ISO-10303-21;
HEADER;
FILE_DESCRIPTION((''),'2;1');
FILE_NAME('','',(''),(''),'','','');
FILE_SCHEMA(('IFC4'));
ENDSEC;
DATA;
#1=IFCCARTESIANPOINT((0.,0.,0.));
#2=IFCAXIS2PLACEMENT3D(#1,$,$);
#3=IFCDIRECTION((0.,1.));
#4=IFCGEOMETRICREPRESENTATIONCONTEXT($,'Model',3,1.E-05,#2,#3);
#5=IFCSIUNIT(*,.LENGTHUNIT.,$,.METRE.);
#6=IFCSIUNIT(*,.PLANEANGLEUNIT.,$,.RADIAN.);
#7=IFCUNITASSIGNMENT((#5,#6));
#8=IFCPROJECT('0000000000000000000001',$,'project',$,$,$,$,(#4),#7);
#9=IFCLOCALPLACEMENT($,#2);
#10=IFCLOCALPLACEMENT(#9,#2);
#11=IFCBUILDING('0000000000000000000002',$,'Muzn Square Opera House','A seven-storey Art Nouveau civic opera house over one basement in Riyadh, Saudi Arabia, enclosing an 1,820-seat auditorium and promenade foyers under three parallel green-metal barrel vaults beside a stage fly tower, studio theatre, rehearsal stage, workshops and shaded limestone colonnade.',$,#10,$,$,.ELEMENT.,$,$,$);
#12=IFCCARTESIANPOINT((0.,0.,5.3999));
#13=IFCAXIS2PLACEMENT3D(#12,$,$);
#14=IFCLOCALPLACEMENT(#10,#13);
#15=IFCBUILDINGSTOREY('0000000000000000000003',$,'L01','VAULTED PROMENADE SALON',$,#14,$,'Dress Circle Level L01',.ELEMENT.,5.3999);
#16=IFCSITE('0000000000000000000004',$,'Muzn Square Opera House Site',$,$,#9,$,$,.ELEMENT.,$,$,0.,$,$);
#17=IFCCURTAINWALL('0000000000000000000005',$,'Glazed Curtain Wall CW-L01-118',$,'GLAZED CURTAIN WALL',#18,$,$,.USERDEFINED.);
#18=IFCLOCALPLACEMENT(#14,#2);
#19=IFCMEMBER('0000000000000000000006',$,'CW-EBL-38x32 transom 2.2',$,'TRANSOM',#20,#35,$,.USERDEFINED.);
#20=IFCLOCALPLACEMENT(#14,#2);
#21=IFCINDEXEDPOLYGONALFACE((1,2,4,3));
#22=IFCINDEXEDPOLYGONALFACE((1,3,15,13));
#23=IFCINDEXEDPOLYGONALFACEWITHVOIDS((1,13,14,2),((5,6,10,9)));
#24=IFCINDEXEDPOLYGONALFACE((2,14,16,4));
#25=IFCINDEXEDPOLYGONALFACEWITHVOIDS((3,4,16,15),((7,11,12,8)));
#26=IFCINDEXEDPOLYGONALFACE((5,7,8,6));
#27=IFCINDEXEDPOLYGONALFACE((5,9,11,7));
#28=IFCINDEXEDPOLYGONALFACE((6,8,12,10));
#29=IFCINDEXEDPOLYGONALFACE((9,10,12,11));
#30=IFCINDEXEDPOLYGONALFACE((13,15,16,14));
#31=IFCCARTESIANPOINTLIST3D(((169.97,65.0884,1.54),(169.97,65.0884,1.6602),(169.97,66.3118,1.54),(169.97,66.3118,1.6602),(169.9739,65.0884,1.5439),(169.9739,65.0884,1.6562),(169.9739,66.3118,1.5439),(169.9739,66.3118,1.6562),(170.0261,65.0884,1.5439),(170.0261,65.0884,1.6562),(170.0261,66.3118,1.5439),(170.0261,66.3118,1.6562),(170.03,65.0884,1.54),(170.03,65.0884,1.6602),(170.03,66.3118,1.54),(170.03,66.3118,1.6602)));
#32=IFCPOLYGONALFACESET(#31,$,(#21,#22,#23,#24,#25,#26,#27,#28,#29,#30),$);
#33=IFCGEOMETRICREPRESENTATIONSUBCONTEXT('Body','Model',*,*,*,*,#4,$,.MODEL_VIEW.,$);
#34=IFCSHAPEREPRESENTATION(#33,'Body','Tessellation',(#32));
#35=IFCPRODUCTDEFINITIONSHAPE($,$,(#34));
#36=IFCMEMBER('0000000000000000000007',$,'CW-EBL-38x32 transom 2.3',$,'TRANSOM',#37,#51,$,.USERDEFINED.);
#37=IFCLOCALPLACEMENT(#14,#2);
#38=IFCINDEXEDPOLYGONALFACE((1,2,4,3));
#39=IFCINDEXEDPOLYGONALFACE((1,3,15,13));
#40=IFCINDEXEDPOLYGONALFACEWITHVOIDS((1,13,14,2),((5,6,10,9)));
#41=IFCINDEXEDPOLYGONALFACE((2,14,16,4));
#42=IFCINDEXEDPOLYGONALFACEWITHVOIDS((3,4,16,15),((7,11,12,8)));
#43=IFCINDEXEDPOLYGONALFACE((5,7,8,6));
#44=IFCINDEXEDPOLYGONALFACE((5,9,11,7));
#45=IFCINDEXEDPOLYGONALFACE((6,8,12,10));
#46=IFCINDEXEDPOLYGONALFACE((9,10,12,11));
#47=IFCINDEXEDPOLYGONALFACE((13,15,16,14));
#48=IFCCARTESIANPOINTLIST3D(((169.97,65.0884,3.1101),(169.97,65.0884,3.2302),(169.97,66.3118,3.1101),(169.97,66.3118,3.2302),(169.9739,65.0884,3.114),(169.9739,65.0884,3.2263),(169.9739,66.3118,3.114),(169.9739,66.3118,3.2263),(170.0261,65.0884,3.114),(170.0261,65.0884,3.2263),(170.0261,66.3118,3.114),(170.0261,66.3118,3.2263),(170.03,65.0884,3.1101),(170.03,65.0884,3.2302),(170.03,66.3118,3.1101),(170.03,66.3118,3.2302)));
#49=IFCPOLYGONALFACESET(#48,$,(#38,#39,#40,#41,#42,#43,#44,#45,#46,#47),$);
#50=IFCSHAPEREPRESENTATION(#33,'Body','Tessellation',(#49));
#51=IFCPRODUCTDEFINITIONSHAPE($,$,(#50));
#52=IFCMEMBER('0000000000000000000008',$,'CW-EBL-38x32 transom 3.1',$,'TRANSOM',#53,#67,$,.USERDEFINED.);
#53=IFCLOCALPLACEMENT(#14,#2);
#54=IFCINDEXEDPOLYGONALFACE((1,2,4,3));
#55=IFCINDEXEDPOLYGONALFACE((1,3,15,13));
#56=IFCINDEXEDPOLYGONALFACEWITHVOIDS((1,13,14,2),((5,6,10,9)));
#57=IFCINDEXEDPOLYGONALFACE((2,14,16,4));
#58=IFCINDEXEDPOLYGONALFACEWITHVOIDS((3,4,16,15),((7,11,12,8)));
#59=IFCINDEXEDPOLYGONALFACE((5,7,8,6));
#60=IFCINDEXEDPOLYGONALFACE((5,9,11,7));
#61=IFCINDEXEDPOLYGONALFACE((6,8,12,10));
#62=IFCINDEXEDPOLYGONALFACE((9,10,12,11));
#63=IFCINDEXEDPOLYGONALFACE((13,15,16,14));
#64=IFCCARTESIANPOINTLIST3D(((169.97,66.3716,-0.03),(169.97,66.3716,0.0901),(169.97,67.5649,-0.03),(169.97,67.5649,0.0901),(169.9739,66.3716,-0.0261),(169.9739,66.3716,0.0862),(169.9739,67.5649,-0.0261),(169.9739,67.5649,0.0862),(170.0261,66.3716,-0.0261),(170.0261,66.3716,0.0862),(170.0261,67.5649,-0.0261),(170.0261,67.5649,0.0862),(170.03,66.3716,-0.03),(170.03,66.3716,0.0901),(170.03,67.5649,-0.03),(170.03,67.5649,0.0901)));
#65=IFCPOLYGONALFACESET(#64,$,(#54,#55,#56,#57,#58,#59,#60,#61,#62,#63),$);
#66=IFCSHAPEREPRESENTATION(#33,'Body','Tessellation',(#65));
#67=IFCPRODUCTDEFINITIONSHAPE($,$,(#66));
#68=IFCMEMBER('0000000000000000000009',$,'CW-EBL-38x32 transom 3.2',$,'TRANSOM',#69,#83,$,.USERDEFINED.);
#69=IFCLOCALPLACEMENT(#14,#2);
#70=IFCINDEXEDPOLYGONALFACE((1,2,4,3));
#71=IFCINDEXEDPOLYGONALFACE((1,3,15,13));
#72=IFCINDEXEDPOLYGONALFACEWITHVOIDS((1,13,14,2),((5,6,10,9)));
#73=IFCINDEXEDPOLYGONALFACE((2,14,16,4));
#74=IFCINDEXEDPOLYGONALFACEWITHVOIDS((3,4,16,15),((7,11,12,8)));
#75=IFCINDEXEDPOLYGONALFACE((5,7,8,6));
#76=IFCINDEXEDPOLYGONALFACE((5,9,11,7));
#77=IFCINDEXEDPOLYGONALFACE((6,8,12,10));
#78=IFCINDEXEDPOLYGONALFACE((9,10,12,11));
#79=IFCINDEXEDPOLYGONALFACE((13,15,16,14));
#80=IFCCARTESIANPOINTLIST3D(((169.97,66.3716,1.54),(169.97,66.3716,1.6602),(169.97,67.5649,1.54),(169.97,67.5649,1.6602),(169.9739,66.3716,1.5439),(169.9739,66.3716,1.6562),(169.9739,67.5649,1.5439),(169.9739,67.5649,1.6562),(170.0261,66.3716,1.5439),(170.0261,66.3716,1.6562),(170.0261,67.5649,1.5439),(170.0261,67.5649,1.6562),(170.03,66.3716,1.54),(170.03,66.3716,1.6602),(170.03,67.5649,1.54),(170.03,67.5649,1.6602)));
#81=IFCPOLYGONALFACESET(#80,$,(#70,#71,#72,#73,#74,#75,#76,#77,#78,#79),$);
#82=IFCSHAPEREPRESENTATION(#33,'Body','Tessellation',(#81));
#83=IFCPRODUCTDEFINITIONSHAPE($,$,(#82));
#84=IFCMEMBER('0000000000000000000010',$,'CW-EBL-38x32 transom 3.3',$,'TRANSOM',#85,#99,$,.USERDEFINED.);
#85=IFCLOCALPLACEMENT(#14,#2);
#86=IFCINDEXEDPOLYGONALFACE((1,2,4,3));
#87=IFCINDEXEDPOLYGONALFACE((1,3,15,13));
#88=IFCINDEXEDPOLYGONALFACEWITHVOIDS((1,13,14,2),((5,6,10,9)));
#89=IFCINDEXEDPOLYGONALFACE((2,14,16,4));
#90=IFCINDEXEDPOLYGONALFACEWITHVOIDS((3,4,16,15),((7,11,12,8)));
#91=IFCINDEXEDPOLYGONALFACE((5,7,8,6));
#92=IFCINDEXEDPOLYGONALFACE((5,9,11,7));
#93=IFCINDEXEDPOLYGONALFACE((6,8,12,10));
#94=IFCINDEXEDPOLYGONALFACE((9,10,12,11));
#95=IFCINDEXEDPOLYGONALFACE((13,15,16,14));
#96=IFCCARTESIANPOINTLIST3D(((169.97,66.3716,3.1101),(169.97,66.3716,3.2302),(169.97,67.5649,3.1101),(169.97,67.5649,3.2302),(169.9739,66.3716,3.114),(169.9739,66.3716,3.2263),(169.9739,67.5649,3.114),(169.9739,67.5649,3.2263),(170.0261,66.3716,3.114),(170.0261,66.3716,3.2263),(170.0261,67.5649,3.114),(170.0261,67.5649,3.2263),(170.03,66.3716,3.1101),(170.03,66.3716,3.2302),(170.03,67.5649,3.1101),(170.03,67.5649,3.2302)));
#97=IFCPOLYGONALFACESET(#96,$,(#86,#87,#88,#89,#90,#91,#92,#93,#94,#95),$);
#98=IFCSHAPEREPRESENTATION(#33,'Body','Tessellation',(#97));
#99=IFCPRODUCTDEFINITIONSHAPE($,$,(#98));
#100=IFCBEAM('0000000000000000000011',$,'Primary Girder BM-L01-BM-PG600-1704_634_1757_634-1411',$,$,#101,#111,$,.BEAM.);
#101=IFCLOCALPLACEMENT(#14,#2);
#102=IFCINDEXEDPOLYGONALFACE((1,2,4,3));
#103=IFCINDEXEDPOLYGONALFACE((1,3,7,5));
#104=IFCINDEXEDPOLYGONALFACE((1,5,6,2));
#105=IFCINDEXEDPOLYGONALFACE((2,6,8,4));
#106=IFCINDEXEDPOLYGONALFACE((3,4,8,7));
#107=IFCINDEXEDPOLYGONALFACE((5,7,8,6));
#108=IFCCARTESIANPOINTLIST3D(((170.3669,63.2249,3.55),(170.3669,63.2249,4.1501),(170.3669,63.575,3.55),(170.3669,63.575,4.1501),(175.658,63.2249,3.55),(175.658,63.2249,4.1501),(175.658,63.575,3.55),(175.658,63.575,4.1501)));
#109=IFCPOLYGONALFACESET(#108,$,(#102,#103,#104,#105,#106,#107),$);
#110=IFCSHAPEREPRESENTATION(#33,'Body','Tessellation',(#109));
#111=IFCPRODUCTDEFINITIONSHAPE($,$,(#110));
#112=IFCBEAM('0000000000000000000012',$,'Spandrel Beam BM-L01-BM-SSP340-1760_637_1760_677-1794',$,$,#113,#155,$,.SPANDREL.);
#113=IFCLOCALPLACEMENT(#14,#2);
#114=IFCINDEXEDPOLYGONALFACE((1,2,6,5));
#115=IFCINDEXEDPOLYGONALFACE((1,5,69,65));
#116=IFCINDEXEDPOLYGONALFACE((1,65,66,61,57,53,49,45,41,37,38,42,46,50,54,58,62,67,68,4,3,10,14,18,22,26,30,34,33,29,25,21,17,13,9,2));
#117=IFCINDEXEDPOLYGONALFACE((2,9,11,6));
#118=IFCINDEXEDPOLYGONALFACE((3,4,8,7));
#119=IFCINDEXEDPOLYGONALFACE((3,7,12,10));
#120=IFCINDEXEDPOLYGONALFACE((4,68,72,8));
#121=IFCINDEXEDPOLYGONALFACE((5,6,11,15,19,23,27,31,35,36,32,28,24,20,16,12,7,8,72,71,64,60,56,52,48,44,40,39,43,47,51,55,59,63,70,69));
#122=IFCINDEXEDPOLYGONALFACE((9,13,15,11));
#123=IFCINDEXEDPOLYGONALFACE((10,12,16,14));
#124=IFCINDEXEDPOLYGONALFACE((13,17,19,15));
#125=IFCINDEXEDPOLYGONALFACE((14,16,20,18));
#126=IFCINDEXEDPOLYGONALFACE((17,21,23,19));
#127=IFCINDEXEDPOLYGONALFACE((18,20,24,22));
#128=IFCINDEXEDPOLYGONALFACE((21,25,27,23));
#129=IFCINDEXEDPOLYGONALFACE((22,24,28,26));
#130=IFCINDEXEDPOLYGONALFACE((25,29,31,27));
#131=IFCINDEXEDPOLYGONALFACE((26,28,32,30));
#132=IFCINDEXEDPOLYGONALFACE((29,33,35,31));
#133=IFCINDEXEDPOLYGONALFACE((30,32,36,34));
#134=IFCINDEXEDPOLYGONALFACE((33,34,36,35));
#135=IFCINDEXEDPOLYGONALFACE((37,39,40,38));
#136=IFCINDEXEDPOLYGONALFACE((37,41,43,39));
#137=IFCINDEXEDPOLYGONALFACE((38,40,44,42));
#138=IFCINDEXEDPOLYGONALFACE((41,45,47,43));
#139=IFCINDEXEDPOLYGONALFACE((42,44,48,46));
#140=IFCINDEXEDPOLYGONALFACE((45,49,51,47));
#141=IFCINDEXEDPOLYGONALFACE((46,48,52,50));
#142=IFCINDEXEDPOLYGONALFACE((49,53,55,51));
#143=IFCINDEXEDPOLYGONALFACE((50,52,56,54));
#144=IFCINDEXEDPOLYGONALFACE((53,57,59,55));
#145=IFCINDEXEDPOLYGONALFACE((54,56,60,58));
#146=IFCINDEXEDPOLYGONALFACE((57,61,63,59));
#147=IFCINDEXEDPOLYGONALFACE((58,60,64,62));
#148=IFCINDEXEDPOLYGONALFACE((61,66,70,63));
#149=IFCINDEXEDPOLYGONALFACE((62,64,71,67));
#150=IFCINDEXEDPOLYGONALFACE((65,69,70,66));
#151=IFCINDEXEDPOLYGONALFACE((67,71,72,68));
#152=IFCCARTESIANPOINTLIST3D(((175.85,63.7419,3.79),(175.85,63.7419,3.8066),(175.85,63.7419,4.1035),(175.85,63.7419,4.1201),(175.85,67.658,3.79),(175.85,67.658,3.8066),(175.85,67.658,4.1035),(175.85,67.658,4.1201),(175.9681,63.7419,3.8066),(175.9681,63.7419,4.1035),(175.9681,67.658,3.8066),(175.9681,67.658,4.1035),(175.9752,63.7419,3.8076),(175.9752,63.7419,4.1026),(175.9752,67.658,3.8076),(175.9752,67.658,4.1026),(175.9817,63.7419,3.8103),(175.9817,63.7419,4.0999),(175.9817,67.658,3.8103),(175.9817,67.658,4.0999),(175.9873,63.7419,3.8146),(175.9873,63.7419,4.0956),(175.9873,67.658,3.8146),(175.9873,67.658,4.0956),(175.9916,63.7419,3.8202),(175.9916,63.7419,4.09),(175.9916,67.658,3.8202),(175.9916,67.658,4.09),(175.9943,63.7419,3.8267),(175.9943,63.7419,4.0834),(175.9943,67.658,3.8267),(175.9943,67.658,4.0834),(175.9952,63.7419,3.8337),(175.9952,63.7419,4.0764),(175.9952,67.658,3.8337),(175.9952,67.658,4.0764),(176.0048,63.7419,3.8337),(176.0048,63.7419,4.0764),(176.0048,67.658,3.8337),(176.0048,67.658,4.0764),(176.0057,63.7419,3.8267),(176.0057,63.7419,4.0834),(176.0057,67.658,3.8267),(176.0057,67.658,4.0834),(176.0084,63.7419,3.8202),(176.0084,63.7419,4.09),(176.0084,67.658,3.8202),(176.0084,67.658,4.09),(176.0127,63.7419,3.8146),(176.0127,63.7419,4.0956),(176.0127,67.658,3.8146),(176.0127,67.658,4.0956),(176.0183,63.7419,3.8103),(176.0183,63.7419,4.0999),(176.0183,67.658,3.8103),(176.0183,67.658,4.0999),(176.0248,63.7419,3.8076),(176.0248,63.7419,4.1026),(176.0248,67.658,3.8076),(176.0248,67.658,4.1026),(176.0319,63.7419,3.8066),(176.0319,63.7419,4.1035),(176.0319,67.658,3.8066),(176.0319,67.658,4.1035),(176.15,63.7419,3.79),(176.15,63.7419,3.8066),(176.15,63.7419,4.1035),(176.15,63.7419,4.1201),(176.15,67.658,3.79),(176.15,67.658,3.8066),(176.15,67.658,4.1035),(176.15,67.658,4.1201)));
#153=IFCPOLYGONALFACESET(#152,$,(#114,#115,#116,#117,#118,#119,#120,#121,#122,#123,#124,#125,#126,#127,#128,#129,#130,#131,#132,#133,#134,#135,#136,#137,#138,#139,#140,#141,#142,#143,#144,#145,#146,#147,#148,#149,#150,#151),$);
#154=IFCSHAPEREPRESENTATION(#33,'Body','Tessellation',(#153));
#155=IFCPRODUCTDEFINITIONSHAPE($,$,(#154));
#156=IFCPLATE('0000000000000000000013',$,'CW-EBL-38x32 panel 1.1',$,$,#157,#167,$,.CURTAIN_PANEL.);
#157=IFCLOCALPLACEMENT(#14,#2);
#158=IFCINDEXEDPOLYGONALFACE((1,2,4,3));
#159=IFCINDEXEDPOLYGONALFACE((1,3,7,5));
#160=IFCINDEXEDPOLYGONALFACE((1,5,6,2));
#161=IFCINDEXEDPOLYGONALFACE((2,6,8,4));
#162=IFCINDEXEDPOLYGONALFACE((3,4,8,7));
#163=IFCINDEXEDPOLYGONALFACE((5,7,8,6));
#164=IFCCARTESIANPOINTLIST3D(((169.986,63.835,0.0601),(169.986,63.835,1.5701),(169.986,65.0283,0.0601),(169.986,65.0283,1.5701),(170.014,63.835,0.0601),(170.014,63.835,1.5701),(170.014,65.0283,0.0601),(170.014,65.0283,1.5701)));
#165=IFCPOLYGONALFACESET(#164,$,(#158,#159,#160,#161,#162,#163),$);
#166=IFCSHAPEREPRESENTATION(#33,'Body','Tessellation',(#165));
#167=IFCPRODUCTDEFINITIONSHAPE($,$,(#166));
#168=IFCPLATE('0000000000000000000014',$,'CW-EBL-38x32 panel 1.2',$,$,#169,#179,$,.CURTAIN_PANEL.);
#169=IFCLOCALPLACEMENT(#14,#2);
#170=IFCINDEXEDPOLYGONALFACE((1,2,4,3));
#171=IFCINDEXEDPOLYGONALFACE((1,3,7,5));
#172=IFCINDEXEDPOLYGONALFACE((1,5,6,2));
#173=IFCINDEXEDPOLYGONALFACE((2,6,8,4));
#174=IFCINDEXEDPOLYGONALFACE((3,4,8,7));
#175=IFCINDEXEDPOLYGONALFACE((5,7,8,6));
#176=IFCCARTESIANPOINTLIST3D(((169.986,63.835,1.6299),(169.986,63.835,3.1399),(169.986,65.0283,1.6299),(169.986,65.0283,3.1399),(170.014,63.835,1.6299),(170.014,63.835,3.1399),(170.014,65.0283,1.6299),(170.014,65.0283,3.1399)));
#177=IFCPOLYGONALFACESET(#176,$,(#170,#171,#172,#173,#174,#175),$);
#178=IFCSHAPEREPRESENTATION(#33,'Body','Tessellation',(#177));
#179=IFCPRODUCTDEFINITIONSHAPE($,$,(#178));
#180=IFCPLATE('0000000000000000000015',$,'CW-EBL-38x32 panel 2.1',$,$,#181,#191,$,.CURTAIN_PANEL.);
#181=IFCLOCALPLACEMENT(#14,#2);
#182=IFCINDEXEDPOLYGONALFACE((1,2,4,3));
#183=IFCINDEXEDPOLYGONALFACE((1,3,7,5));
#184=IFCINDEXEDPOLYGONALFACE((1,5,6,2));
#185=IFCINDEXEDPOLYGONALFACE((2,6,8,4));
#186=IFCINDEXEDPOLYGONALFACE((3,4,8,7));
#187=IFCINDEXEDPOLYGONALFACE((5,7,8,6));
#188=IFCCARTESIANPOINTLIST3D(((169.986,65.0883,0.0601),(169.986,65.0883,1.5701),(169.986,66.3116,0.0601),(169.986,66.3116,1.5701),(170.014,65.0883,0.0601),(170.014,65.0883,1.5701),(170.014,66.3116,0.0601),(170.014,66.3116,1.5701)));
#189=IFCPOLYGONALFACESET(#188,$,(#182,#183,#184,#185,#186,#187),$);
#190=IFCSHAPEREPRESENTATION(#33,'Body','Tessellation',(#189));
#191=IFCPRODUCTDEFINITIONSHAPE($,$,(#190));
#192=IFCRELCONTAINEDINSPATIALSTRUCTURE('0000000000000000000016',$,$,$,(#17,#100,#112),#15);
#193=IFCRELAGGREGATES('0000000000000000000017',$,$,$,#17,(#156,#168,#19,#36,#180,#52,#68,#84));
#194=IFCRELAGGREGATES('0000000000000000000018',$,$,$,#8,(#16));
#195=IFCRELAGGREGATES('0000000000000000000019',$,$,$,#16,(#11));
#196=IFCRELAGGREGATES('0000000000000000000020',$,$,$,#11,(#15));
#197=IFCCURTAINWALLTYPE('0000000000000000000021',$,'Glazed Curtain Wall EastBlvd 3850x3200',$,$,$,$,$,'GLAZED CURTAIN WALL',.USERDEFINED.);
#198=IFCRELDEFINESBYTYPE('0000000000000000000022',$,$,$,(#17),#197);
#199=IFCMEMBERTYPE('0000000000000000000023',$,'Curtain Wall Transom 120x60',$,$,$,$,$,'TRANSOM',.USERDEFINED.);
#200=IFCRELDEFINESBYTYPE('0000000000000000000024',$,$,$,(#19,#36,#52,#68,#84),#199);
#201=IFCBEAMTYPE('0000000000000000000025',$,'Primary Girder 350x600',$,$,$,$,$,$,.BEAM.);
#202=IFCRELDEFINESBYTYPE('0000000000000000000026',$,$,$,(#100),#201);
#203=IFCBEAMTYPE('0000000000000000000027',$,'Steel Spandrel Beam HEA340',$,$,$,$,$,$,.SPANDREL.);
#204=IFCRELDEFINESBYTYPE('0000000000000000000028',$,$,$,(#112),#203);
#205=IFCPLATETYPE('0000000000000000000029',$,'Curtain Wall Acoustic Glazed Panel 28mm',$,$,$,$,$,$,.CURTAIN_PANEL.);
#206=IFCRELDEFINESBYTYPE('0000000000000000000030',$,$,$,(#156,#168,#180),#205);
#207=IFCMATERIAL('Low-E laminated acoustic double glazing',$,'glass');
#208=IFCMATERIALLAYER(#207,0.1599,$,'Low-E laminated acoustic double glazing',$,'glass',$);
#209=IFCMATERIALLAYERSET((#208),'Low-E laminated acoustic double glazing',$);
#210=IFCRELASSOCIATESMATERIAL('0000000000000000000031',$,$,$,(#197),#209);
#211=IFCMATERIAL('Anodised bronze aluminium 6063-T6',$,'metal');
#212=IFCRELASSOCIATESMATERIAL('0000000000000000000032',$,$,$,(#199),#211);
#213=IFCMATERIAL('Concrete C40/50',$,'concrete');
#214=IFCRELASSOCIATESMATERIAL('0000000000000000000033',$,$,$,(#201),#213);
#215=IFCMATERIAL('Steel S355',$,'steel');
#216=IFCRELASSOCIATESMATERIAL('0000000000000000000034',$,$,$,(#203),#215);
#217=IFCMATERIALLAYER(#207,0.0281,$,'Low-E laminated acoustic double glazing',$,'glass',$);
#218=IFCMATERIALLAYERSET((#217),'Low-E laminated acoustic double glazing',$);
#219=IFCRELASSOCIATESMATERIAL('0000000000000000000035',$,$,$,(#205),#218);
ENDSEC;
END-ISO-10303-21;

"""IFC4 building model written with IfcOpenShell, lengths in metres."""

from ifc_helpers import new_model, si_unit, direction, frame, origin, origin_2d, place, context, subcontext, project, spatial, rectangle, hollow_rectangle, i_section, extrude, material, layer, layer_set, material_profile, profile_set, type_object, element, aggregate, save


model = new_model("IFC4")

# Units and contexts
model_context = context("Model", 3, precision=1e-05, world=origin(), true_north=direction((0.0, 1.0)))
body_context = subcontext(model_context, "Body", "Model", "MODEL_VIEW")
ifc_project = project(units=[si_unit("LENGTHUNIT", "METRE"), si_unit("PLANEANGLEUNIT", "RADIAN")], contexts=[model_context])

# Site, building, storey
site_placement = place(None, origin())
site = spatial("IfcSite", under=ifc_project, at=site_placement, Name="Muzn Square Opera House Site", CompositionType="ELEMENT", RefElevation=0.0)
building_placement = place(site_placement, origin())
building = spatial("IfcBuilding", under=site, at=building_placement, Name="Muzn Square Opera House", Description="A seven-storey Art Nouveau civic opera house over one basement in Riyadh, Saudi Arabia, enclosing an 1,820-seat auditorium and promenade foyers under three parallel green-metal barrel vaults beside a stage fly tower, studio theatre, rehearsal stage, workshops and shaded limestone colonnade.", CompositionType="ELEMENT")
storey_placement = place(building_placement, frame((0.0, 0.0, 5.3999)))
storey = spatial("IfcBuildingStorey", under=building, at=storey_placement, Name="L01", Description="VAULTED PROMENADE SALON", LongName="Dress Circle Level L01", CompositionType="ELEMENT", Elevation=5.3999)

# Curtain wall, members
ifc_material_1 = material(Name="Low-E laminated acoustic double glazing", Category="glass")
ifc_layer_1 = layer(ifc_material_1, 0.1599, Name="Low-E laminated acoustic double glazing", Category="glass")
ifc_layer_set_1 = layer_set([ifc_layer_1], Name="Low-E laminated acoustic double glazing")
curtain_wall_type = type_object("IfcCurtainWallType", Name="Glazed Curtain Wall EastBlvd 3850x3200", ElementType="GLAZED CURTAIN WALL", PredefinedType="USERDEFINED", material=ifc_layer_set_1)
curtain_wall_placement = place(storey_placement, origin())
curtain_wall = element("IfcCurtainWall", 1, at=curtain_wall_placement, inside=storey, type_object=curtain_wall_type, Name="Glazed Curtain Wall CW-L01-118", ObjectType="GLAZED CURTAIN WALL", PredefinedType="USERDEFINED")
ifc_material_2 = material(Name="Anodised bronze aluminium 6063-T6", Category="metal")
ifc_material_profile_1 = material_profile(ifc_material_2, hollow_rectangle(XDim=0.0601, YDim=0.1201, WallThickness=0.0039, at=origin_2d()), Name="ALU 120x60x4", Category="metal")
ifc_profile_set_1 = profile_set([ifc_material_profile_1], Name="Anodised bronze aluminium 6063-T6")
member_type_1 = type_object("IfcMemberType", Name="Curtain Wall Transom 120x60", ElementType="TRANSOM", PredefinedType="USERDEFINED", material=ifc_profile_set_1)
member_1_placement = place(storey_placement, frame((170.0, 65.0884, 1.6001), z_axis=(0.0, 1.0, 0.0), x_axis=(-1.0, 0.0, 0.0)))
member_1 = element("IfcMember", 2, at=member_1_placement, type_object=member_type_1, Name="CW-EBL-38x32 transom 2.2", ObjectType="TRANSOM", PredefinedType="USERDEFINED", context=body_context, shape_type="SweptSolid", body=[
    extrude(hollow_rectangle(XDim=0.0601, YDim=0.1201, WallThickness=0.0039, at=origin_2d()), origin(), (0.0, 0.0, 1.0), 1.2234),
])
member_2_placement = place(storey_placement, frame((170.0, 65.0884, 3.1702), z_axis=(0.0, 1.0, 0.0), x_axis=(-1.0, 0.0, 0.0)))
member_2 = element("IfcMember", 3, at=member_2_placement, type_object=member_type_1, Name="CW-EBL-38x32 transom 2.3", ObjectType="TRANSOM", PredefinedType="USERDEFINED", context=body_context, shape_type="SweptSolid", body=[
    extrude(hollow_rectangle(XDim=0.0601, YDim=0.1201, WallThickness=0.0039, at=origin_2d()), origin(), (0.0, 0.0, 1.0), 1.2234),
])
member_3_placement = place(storey_placement, frame((170.0, 66.3716, 0.03), z_axis=(0.0, 1.0, 0.0), x_axis=(-1.0, 0.0, 0.0)))
member_3 = element("IfcMember", 4, at=member_3_placement, type_object=member_type_1, Name="CW-EBL-38x32 transom 3.1", ObjectType="TRANSOM", PredefinedType="USERDEFINED", context=body_context, shape_type="SweptSolid", body=[
    extrude(hollow_rectangle(XDim=0.0601, YDim=0.1201, WallThickness=0.0039, at=origin_2d()), origin(), (0.0, 0.0, 1.0), 1.1934),
])
member_4_placement = place(storey_placement, frame((170.0, 66.3716, 1.6001), z_axis=(0.0, 1.0, 0.0), x_axis=(-1.0, 0.0, 0.0)))
member_4 = element("IfcMember", 5, at=member_4_placement, type_object=member_type_1, Name="CW-EBL-38x32 transom 3.2", ObjectType="TRANSOM", PredefinedType="USERDEFINED", context=body_context, shape_type="SweptSolid", body=[
    extrude(hollow_rectangle(XDim=0.0601, YDim=0.1201, WallThickness=0.0039, at=origin_2d()), origin(), (0.0, 0.0, 1.0), 1.1934),
])
member_5_placement = place(storey_placement, frame((170.0, 66.3716, 3.1702), z_axis=(0.0, 1.0, 0.0), x_axis=(-1.0, 0.0, 0.0)))
member_5 = element("IfcMember", 6, at=member_5_placement, type_object=member_type_1, Name="CW-EBL-38x32 transom 3.3", ObjectType="TRANSOM", PredefinedType="USERDEFINED", context=body_context, shape_type="SweptSolid", body=[
    extrude(hollow_rectangle(XDim=0.0601, YDim=0.1201, WallThickness=0.0039, at=origin_2d()), origin(), (0.0, 0.0, 1.0), 1.1934),
])

# Beams
ifc_material_3 = material(Name="Concrete C40/50", Category="concrete")
ifc_material_profile_2 = material_profile(ifc_material_3, rectangle(XDim=0.3501, YDim=0.6001, at=origin_2d()), Name="RCB 350x600", Category="concrete")
ifc_profile_set_2 = profile_set([ifc_material_profile_2], Name="Concrete C40/50")
beam_type_1 = type_object("IfcBeamType", Name="Primary Girder 350x600", PredefinedType="BEAM", material=ifc_profile_set_2)
beam_1_placement = place(storey_placement, frame((170.3669, 63.3999, 3.8501), z_axis=(1.0, 0.0, 0.0), x_axis=(0.0, 1.0, 0.0)))
element("IfcBeam", 7, at=beam_1_placement, inside=storey, type_object=beam_type_1, Name="Primary Girder BM-L01-BM-PG600-1704_634_1757_634-1411", PredefinedType="BEAM", context=body_context, shape_type="SweptSolid", body=[
    extrude(rectangle(XDim=0.3501, YDim=0.6001, at=origin_2d()), origin(), (0.0, 0.0, 1.0), 5.291),
])
ifc_material_4 = material(Name="Steel S355", Category="steel")
ifc_material_profile_3 = material_profile(ifc_material_4, i_section(OverallWidth=0.3, OverallDepth=0.3301, WebThickness=0.0095, FlangeThickness=0.0166, FilletRadius=0.0271, at=origin_2d()), Name="HEA 340", Category="steel")
ifc_profile_set_3 = profile_set([ifc_material_profile_3], Name="Steel S355")
beam_type_2 = type_object("IfcBeamType", Name="Steel Spandrel Beam HEA340", PredefinedType="SPANDREL", material=ifc_profile_set_3)
beam_2_placement = place(storey_placement, frame((176.0, 63.7419, 3.9551), z_axis=(0.0, 1.0, 0.0), x_axis=(-1.0, 0.0, 0.0)))
element("IfcBeam", 8, at=beam_2_placement, inside=storey, type_object=beam_type_2, Name="Spandrel Beam BM-L01-BM-SSP340-1760_637_1760_677-1794", PredefinedType="SPANDREL", context=body_context, shape_type="SweptSolid", body=[
    extrude(i_section(OverallWidth=0.3, OverallDepth=0.3301, WebThickness=0.0095, FlangeThickness=0.0166, FilletRadius=0.0271, at=origin_2d()), origin(), (0.0, 0.0, 1.0), 3.916),
])

# Plates
ifc_layer_2 = layer(ifc_material_1, 0.0281, Name="Low-E laminated acoustic double glazing", Category="glass")
ifc_layer_set_2 = layer_set([ifc_layer_2], Name="Low-E laminated acoustic double glazing")
plate_type = type_object("IfcPlateType", Name="Curtain Wall Acoustic Glazed Panel 28mm", PredefinedType="CURTAIN_PANEL", material=ifc_layer_set_2)
plate_1_placement = place(storey_placement, frame((170.0, 64.4316, 0.0601), z_axis=(0.0, 0.0, 1.0), x_axis=(0.0, 1.0, 0.0)))
plate_1 = element("IfcPlate", 9, at=plate_1_placement, type_object=plate_type, Name="CW-EBL-38x32 panel 1.1", PredefinedType="CURTAIN_PANEL", context=body_context, shape_type="SweptSolid", body=[
    extrude(rectangle(XDim=1.1934, YDim=0.0281, at=origin_2d()), origin(), (0.0, 0.0, 1.0), 1.51),
])
plate_2_placement = place(storey_placement, frame((170.0, 64.4316, 1.6299), z_axis=(0.0, 0.0, 1.0), x_axis=(0.0, 1.0, 0.0)))
plate_2 = element("IfcPlate", 10, at=plate_2_placement, type_object=plate_type, Name="CW-EBL-38x32 panel 1.2", PredefinedType="CURTAIN_PANEL", context=body_context, shape_type="SweptSolid", body=[
    extrude(rectangle(XDim=1.1934, YDim=0.0281, at=origin_2d()), origin(), (0.0, 0.0, 1.0), 1.51),
])
plate_3_placement = place(storey_placement, frame((170.0, 65.7, 0.0601), z_axis=(0.0, 0.0, 1.0), x_axis=(0.0, 1.0, 0.0)))
plate_3 = element("IfcPlate", 11, at=plate_3_placement, type_object=plate_type, Name="CW-EBL-38x32 panel 2.1", PredefinedType="CURTAIN_PANEL", context=body_context, shape_type="SweptSolid", body=[
    extrude(rectangle(XDim=1.2234, YDim=0.0281, at=origin_2d()), origin(), (0.0, 0.0, 1.0), 1.51),
])
aggregate(curtain_wall, [plate_1, plate_2, member_1, member_2, plate_3, member_3, member_4, member_5])

save(model, "model.ifc")
